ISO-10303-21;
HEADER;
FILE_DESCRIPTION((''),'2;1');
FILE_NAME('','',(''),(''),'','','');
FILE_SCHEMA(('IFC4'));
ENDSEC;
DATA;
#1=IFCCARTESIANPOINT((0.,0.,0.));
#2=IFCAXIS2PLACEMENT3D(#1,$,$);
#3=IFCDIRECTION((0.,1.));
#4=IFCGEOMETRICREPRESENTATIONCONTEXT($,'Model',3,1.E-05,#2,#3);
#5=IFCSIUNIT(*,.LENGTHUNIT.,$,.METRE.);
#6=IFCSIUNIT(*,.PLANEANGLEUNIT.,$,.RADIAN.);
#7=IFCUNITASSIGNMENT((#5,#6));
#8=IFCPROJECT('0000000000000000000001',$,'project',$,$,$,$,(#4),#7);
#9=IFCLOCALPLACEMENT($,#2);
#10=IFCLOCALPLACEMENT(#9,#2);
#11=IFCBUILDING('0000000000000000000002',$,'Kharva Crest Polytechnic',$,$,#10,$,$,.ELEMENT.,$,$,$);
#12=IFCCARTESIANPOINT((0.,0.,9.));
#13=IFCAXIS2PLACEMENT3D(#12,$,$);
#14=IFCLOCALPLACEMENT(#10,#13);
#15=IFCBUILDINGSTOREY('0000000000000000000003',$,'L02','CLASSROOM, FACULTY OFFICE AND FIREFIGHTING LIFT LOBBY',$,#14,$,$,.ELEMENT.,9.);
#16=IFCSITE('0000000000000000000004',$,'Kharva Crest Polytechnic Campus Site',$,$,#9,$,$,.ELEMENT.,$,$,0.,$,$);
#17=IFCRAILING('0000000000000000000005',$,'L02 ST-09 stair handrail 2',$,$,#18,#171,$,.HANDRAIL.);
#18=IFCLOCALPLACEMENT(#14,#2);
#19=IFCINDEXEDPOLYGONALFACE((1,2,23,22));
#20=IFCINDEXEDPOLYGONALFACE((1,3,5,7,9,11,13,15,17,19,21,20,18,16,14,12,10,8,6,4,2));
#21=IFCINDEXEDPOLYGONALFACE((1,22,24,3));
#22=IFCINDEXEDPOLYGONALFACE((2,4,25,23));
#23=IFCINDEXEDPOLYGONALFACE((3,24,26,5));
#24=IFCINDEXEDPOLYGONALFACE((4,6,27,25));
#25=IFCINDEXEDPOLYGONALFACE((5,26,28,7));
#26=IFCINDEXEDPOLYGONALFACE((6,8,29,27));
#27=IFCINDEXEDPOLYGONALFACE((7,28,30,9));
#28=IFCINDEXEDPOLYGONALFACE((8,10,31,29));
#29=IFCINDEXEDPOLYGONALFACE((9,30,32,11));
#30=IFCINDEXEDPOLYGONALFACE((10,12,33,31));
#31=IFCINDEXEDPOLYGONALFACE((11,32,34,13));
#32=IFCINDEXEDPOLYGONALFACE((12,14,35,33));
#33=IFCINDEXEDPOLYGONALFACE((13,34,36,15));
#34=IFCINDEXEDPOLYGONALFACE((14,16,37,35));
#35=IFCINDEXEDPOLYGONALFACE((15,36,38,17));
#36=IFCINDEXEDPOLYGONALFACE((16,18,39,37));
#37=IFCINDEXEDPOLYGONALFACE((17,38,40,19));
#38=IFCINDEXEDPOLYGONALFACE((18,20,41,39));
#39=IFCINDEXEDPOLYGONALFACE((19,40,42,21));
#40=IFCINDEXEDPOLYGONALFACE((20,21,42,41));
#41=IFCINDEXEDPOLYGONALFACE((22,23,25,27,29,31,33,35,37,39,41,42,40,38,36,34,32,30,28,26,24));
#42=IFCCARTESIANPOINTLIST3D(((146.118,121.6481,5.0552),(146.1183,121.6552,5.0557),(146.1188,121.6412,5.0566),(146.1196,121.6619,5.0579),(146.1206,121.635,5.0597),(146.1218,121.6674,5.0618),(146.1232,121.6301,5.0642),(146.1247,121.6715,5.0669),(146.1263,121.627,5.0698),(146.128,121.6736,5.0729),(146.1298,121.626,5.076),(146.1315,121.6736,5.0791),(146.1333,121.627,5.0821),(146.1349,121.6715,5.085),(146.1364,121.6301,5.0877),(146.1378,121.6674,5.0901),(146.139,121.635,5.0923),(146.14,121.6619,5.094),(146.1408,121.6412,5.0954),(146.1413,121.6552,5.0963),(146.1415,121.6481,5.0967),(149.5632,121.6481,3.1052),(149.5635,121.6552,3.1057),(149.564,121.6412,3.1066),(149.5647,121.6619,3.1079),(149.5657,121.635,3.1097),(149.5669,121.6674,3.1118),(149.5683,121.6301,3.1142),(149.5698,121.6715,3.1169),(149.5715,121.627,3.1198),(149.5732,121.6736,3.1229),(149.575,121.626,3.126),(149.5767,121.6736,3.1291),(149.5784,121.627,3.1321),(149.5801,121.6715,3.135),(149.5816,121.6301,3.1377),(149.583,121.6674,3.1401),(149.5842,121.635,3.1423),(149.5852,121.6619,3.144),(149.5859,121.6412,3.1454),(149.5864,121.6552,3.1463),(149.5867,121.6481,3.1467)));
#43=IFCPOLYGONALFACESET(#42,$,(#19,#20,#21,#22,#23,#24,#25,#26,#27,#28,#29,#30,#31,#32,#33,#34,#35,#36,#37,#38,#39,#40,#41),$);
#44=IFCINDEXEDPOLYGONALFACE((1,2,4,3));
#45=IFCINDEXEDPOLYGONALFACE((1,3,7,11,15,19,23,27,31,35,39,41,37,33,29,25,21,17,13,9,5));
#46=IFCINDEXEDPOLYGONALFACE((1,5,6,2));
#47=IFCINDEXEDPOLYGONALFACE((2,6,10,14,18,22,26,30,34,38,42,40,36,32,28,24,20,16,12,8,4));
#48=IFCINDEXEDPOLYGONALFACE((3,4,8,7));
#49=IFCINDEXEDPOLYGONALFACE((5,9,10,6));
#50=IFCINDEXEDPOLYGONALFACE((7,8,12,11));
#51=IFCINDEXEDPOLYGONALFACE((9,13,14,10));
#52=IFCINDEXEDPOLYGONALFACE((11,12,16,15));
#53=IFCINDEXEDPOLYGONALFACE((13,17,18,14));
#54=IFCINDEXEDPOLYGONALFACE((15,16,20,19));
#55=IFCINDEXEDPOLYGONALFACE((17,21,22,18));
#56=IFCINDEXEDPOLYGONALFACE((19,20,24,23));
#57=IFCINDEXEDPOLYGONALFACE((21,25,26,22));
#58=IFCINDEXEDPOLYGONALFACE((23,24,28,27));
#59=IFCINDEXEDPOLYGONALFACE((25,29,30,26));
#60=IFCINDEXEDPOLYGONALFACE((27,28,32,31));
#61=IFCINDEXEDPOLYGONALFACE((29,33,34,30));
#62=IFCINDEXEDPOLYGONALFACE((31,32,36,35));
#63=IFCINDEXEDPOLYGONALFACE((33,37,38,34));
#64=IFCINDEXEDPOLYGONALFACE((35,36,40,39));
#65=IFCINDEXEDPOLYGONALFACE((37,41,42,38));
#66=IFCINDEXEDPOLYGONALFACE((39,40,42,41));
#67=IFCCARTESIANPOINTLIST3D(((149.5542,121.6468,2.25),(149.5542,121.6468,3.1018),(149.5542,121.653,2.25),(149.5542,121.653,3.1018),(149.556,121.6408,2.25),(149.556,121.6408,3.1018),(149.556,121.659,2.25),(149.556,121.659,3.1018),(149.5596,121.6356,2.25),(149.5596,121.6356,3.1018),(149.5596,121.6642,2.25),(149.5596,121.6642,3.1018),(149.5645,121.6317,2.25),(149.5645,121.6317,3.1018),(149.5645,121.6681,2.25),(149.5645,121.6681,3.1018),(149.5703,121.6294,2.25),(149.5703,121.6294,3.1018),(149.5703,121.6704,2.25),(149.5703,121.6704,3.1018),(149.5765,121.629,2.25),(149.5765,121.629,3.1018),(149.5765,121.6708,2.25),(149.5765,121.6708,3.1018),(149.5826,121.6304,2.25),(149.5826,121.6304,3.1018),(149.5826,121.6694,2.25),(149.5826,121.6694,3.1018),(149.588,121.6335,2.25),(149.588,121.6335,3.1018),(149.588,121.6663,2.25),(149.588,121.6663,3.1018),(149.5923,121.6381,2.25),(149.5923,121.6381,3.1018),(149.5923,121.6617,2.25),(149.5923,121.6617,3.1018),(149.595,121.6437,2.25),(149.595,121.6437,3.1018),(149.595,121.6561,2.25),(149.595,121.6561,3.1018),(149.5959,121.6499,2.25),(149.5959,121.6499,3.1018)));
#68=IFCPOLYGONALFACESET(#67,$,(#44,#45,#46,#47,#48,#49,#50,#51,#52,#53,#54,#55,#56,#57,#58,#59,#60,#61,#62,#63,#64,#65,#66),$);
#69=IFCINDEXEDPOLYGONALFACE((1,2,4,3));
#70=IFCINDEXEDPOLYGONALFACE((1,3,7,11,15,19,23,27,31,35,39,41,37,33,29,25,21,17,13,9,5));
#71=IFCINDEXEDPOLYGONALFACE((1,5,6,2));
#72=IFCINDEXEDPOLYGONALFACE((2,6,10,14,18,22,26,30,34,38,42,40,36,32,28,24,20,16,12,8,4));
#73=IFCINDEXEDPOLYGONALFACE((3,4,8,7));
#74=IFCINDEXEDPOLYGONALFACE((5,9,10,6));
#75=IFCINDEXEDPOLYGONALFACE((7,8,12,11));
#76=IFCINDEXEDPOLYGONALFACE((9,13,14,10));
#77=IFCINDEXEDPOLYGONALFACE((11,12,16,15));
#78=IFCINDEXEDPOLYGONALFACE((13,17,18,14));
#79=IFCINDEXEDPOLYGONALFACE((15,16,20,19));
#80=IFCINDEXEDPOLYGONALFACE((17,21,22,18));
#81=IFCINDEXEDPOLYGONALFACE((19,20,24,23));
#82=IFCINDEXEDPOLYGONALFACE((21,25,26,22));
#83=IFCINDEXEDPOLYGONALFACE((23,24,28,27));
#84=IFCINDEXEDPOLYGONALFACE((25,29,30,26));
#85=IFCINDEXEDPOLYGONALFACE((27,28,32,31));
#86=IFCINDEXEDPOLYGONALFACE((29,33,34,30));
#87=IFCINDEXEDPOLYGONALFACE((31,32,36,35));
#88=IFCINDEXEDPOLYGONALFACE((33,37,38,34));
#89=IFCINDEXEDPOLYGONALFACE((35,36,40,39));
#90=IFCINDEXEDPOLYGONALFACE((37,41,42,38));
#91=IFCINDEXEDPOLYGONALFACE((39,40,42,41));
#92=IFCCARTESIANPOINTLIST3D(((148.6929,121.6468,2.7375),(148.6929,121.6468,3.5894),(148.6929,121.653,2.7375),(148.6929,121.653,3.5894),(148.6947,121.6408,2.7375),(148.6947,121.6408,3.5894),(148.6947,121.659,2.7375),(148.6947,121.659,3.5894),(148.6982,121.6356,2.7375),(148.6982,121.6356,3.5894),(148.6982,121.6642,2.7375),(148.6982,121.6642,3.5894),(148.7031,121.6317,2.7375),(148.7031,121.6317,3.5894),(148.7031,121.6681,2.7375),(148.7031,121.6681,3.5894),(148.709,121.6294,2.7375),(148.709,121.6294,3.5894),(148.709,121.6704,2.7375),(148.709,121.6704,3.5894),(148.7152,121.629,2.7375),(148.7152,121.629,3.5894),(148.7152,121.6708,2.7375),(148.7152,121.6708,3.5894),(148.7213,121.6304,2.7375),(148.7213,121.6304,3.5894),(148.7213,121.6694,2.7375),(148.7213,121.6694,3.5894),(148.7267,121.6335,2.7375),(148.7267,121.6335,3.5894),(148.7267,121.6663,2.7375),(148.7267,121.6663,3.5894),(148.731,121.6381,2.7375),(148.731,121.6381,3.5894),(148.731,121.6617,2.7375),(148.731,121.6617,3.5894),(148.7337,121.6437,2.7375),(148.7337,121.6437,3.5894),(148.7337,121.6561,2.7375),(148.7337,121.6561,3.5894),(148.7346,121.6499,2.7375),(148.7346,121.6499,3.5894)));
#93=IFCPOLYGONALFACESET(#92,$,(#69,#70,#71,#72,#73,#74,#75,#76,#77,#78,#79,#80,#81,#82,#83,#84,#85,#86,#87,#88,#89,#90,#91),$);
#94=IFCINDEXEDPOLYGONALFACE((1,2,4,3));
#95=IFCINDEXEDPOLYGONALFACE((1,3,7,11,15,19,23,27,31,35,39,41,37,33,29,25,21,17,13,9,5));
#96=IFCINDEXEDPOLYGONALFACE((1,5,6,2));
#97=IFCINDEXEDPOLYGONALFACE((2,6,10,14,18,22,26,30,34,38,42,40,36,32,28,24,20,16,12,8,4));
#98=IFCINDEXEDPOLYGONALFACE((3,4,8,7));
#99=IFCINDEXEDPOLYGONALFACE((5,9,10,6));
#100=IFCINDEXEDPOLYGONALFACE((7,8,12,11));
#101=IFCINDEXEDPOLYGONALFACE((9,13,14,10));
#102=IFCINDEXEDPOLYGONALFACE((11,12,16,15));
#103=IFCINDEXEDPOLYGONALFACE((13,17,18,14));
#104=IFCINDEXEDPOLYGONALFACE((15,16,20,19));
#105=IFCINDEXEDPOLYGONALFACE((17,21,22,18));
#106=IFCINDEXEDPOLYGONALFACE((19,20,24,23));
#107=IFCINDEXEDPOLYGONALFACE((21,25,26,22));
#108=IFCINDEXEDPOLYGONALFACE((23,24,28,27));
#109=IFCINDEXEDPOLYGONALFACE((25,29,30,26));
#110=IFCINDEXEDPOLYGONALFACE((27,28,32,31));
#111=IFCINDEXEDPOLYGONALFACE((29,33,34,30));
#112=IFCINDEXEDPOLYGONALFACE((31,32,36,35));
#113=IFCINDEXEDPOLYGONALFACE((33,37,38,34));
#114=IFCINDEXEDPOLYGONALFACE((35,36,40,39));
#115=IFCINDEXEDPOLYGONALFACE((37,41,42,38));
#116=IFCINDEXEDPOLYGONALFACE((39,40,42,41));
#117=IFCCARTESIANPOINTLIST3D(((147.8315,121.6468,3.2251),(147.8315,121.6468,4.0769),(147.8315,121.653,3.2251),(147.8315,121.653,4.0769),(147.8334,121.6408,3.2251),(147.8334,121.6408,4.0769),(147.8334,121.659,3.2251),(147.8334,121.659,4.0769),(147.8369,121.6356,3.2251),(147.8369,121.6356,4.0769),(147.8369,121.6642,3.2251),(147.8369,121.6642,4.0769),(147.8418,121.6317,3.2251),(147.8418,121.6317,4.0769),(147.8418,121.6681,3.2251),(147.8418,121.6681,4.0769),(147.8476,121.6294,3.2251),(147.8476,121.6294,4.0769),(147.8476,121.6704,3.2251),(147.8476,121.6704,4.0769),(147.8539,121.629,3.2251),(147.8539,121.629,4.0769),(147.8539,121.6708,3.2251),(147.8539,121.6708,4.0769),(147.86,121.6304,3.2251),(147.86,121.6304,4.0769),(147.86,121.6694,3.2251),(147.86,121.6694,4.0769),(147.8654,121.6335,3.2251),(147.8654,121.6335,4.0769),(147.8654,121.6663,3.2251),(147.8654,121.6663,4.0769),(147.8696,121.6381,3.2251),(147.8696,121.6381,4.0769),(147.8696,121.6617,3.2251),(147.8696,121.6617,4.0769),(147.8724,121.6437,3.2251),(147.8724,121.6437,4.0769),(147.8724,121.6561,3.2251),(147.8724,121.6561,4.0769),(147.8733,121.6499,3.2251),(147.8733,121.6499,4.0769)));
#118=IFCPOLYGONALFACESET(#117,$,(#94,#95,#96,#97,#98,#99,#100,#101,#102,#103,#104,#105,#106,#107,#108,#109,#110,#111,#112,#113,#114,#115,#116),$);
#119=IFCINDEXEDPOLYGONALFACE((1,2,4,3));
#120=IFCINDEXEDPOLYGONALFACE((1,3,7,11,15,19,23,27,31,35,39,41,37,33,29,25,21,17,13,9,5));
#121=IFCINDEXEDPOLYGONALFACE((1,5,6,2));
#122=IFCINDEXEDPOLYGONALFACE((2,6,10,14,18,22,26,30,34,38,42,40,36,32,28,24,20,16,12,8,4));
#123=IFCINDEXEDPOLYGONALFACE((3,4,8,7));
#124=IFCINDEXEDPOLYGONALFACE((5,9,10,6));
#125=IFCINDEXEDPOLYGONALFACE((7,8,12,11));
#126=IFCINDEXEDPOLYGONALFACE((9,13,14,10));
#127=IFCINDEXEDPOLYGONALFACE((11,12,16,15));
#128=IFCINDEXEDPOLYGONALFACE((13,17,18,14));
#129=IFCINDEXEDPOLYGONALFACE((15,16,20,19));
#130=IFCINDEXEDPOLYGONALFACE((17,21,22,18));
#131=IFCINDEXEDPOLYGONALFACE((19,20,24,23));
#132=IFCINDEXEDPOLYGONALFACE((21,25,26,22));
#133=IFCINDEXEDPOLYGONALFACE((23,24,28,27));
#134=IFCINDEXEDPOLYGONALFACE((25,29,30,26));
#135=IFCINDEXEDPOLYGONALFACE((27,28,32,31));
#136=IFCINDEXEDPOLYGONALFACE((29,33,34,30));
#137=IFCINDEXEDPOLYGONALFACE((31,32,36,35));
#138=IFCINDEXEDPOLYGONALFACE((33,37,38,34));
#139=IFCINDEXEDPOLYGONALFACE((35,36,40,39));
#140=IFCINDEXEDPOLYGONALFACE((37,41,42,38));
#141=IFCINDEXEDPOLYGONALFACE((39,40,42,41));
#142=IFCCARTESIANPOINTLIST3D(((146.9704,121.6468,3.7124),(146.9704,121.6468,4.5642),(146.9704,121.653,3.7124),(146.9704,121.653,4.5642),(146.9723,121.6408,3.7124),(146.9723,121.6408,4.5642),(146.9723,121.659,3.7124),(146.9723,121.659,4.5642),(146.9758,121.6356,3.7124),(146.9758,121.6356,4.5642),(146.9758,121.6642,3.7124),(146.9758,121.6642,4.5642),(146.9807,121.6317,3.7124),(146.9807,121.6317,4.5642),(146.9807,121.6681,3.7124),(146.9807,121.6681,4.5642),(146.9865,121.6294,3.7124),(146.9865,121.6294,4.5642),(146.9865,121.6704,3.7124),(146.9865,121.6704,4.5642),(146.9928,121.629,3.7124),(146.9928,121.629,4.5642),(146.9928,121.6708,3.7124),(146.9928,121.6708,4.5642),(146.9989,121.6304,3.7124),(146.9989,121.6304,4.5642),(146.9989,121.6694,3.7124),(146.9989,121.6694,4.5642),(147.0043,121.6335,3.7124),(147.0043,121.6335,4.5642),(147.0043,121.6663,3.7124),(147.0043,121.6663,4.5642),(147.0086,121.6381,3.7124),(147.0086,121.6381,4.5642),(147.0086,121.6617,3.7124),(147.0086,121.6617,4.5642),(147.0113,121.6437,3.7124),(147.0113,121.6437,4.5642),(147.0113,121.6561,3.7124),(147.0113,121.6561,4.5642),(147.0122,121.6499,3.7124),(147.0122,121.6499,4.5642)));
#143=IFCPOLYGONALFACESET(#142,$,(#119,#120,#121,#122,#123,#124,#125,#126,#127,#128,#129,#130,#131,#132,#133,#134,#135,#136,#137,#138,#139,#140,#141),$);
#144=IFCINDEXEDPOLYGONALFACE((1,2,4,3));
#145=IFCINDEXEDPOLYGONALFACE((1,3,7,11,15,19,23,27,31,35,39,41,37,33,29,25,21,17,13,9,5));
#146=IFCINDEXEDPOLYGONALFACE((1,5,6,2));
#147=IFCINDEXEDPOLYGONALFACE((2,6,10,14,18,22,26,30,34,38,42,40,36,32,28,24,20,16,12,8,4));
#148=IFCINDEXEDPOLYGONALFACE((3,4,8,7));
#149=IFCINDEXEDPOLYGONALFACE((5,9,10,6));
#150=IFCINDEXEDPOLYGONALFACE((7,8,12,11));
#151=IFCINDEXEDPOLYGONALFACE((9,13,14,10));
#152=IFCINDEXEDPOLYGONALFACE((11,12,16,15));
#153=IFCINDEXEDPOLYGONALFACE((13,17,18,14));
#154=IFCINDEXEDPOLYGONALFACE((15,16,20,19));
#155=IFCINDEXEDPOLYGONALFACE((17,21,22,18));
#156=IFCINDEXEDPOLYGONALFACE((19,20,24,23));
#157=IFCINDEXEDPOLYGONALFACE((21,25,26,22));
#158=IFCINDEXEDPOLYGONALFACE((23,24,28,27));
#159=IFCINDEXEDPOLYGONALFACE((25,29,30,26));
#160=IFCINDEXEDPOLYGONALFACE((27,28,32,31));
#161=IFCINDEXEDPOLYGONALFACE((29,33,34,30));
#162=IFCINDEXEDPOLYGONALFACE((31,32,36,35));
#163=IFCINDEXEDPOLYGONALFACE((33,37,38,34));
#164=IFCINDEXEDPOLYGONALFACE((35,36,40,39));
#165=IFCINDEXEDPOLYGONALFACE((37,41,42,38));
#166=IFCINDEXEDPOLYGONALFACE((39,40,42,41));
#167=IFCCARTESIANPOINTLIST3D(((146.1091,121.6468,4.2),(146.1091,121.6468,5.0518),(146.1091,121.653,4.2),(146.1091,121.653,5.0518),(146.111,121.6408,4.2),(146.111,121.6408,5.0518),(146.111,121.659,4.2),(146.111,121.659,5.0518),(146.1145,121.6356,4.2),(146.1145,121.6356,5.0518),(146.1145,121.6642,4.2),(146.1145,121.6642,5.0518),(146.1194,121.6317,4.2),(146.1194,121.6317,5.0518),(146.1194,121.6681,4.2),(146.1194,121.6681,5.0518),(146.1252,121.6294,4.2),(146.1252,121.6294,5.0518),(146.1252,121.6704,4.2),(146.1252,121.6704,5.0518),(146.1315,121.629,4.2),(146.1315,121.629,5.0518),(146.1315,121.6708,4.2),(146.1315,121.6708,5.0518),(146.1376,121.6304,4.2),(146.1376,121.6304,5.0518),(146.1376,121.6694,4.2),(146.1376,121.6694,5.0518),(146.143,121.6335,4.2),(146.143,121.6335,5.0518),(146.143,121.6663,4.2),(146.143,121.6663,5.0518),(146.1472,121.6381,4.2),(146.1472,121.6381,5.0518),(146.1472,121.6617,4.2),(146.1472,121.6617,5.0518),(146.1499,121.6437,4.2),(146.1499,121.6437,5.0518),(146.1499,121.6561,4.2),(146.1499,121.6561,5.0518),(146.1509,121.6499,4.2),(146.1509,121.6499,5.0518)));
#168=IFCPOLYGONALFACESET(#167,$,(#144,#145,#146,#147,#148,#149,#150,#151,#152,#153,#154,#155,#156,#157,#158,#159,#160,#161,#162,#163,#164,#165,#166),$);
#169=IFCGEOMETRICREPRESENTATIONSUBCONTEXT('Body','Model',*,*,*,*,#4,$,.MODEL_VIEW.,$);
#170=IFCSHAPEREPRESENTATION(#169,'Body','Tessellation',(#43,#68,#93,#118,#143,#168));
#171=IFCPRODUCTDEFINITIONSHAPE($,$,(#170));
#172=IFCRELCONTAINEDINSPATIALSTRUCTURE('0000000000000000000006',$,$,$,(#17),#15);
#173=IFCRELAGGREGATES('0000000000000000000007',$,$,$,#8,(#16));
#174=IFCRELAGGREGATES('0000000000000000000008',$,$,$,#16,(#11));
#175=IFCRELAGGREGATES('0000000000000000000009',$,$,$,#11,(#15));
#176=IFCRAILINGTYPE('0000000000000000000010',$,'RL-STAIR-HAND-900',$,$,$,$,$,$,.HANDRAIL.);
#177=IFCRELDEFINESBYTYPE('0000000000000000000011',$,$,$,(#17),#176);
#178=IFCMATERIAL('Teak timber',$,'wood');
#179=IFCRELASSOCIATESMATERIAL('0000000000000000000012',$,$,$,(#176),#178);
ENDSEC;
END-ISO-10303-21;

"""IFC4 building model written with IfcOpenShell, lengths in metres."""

from ifc_helpers import new_model, si_unit, direction, frame, origin, origin_2d, place, context, subcontext, project, spatial, circle, extrude, material, type_object, element, save


model = new_model("IFC4")

# Units and contexts
model_context = context("Model", 3, precision=1e-05, world=origin(), true_north=direction((0.0, 1.0)))
body_context = subcontext(model_context, "Body", "Model", "MODEL_VIEW")
ifc_project = project(units=[si_unit("LENGTHUNIT", "METRE"), si_unit("PLANEANGLEUNIT", "RADIAN")], contexts=[model_context])

# Site, building, storey
site_placement = place(None, origin())
site = spatial("IfcSite", under=ifc_project, at=site_placement, Name="Kharva Crest Polytechnic Campus Site", CompositionType="ELEMENT", RefElevation=0.0)
building_placement = place(site_placement, origin())
building = spatial("IfcBuilding", under=site, at=building_placement, Name="Kharva Crest Polytechnic", CompositionType="ELEMENT")
storey_placement = place(building_placement, frame((0.0, 0.0, 9.0)))
storey = spatial("IfcBuildingStorey", under=building, at=storey_placement, Name="L02", Description="CLASSROOM, FACULTY OFFICE AND FIREFIGHTING LIFT LOBBY", CompositionType="ELEMENT", Elevation=9.0)

# Shared definitions
ifc_material_1 = material(Name="Teak timber", Category="wood")

# Railing
railing_type_1 = type_object("IfcRailingType", Name="RL-STAIR-HAND-900", PredefinedType="HANDRAIL", material=ifc_material_1)
railing_1_placement = place(storey_placement, frame((149.575, 121.6499, 2.25)))
element("IfcRailing", 1, at=railing_1_placement, inside=storey, type_object=railing_type_1, Name="L02 ST-09 stair handrail 2", PredefinedType="HANDRAIL", context=body_context, shape_type="SweptSolid", body=[
    extrude(circle(Radius=0.0239, at=origin_2d()), frame((0.0, 0.0, 0.876), z_axis=(-0.870266, 0.0, 0.492581), x_axis=(0.0, -1.0, 0.0)), (0.0, 0.0, 1.0), 3.9587),
    extrude(circle(Radius=0.021, at=origin_2d()), origin(), (0.0, 0.0, 1.0), 0.8518),
    extrude(circle(Radius=0.021, at=origin_2d()), frame((-0.8613, 0.0, 0.4875)), (0.0, 0.0, 1.0), 0.8518),
    extrude(circle(Radius=0.021, at=origin_2d()), frame((-1.7227, 0.0, 0.9751)), (0.0, 0.0, 1.0), 0.8518),
    extrude(circle(Radius=0.021, at=origin_2d()), frame((-2.5837, 0.0, 1.4624)), (0.0, 0.0, 1.0), 0.8518),
    extrude(circle(Radius=0.021, at=origin_2d()), frame((-3.4451, 0.0, 1.95)), (0.0, 0.0, 1.0), 0.8518),
])

save(model, "model.ifc")
